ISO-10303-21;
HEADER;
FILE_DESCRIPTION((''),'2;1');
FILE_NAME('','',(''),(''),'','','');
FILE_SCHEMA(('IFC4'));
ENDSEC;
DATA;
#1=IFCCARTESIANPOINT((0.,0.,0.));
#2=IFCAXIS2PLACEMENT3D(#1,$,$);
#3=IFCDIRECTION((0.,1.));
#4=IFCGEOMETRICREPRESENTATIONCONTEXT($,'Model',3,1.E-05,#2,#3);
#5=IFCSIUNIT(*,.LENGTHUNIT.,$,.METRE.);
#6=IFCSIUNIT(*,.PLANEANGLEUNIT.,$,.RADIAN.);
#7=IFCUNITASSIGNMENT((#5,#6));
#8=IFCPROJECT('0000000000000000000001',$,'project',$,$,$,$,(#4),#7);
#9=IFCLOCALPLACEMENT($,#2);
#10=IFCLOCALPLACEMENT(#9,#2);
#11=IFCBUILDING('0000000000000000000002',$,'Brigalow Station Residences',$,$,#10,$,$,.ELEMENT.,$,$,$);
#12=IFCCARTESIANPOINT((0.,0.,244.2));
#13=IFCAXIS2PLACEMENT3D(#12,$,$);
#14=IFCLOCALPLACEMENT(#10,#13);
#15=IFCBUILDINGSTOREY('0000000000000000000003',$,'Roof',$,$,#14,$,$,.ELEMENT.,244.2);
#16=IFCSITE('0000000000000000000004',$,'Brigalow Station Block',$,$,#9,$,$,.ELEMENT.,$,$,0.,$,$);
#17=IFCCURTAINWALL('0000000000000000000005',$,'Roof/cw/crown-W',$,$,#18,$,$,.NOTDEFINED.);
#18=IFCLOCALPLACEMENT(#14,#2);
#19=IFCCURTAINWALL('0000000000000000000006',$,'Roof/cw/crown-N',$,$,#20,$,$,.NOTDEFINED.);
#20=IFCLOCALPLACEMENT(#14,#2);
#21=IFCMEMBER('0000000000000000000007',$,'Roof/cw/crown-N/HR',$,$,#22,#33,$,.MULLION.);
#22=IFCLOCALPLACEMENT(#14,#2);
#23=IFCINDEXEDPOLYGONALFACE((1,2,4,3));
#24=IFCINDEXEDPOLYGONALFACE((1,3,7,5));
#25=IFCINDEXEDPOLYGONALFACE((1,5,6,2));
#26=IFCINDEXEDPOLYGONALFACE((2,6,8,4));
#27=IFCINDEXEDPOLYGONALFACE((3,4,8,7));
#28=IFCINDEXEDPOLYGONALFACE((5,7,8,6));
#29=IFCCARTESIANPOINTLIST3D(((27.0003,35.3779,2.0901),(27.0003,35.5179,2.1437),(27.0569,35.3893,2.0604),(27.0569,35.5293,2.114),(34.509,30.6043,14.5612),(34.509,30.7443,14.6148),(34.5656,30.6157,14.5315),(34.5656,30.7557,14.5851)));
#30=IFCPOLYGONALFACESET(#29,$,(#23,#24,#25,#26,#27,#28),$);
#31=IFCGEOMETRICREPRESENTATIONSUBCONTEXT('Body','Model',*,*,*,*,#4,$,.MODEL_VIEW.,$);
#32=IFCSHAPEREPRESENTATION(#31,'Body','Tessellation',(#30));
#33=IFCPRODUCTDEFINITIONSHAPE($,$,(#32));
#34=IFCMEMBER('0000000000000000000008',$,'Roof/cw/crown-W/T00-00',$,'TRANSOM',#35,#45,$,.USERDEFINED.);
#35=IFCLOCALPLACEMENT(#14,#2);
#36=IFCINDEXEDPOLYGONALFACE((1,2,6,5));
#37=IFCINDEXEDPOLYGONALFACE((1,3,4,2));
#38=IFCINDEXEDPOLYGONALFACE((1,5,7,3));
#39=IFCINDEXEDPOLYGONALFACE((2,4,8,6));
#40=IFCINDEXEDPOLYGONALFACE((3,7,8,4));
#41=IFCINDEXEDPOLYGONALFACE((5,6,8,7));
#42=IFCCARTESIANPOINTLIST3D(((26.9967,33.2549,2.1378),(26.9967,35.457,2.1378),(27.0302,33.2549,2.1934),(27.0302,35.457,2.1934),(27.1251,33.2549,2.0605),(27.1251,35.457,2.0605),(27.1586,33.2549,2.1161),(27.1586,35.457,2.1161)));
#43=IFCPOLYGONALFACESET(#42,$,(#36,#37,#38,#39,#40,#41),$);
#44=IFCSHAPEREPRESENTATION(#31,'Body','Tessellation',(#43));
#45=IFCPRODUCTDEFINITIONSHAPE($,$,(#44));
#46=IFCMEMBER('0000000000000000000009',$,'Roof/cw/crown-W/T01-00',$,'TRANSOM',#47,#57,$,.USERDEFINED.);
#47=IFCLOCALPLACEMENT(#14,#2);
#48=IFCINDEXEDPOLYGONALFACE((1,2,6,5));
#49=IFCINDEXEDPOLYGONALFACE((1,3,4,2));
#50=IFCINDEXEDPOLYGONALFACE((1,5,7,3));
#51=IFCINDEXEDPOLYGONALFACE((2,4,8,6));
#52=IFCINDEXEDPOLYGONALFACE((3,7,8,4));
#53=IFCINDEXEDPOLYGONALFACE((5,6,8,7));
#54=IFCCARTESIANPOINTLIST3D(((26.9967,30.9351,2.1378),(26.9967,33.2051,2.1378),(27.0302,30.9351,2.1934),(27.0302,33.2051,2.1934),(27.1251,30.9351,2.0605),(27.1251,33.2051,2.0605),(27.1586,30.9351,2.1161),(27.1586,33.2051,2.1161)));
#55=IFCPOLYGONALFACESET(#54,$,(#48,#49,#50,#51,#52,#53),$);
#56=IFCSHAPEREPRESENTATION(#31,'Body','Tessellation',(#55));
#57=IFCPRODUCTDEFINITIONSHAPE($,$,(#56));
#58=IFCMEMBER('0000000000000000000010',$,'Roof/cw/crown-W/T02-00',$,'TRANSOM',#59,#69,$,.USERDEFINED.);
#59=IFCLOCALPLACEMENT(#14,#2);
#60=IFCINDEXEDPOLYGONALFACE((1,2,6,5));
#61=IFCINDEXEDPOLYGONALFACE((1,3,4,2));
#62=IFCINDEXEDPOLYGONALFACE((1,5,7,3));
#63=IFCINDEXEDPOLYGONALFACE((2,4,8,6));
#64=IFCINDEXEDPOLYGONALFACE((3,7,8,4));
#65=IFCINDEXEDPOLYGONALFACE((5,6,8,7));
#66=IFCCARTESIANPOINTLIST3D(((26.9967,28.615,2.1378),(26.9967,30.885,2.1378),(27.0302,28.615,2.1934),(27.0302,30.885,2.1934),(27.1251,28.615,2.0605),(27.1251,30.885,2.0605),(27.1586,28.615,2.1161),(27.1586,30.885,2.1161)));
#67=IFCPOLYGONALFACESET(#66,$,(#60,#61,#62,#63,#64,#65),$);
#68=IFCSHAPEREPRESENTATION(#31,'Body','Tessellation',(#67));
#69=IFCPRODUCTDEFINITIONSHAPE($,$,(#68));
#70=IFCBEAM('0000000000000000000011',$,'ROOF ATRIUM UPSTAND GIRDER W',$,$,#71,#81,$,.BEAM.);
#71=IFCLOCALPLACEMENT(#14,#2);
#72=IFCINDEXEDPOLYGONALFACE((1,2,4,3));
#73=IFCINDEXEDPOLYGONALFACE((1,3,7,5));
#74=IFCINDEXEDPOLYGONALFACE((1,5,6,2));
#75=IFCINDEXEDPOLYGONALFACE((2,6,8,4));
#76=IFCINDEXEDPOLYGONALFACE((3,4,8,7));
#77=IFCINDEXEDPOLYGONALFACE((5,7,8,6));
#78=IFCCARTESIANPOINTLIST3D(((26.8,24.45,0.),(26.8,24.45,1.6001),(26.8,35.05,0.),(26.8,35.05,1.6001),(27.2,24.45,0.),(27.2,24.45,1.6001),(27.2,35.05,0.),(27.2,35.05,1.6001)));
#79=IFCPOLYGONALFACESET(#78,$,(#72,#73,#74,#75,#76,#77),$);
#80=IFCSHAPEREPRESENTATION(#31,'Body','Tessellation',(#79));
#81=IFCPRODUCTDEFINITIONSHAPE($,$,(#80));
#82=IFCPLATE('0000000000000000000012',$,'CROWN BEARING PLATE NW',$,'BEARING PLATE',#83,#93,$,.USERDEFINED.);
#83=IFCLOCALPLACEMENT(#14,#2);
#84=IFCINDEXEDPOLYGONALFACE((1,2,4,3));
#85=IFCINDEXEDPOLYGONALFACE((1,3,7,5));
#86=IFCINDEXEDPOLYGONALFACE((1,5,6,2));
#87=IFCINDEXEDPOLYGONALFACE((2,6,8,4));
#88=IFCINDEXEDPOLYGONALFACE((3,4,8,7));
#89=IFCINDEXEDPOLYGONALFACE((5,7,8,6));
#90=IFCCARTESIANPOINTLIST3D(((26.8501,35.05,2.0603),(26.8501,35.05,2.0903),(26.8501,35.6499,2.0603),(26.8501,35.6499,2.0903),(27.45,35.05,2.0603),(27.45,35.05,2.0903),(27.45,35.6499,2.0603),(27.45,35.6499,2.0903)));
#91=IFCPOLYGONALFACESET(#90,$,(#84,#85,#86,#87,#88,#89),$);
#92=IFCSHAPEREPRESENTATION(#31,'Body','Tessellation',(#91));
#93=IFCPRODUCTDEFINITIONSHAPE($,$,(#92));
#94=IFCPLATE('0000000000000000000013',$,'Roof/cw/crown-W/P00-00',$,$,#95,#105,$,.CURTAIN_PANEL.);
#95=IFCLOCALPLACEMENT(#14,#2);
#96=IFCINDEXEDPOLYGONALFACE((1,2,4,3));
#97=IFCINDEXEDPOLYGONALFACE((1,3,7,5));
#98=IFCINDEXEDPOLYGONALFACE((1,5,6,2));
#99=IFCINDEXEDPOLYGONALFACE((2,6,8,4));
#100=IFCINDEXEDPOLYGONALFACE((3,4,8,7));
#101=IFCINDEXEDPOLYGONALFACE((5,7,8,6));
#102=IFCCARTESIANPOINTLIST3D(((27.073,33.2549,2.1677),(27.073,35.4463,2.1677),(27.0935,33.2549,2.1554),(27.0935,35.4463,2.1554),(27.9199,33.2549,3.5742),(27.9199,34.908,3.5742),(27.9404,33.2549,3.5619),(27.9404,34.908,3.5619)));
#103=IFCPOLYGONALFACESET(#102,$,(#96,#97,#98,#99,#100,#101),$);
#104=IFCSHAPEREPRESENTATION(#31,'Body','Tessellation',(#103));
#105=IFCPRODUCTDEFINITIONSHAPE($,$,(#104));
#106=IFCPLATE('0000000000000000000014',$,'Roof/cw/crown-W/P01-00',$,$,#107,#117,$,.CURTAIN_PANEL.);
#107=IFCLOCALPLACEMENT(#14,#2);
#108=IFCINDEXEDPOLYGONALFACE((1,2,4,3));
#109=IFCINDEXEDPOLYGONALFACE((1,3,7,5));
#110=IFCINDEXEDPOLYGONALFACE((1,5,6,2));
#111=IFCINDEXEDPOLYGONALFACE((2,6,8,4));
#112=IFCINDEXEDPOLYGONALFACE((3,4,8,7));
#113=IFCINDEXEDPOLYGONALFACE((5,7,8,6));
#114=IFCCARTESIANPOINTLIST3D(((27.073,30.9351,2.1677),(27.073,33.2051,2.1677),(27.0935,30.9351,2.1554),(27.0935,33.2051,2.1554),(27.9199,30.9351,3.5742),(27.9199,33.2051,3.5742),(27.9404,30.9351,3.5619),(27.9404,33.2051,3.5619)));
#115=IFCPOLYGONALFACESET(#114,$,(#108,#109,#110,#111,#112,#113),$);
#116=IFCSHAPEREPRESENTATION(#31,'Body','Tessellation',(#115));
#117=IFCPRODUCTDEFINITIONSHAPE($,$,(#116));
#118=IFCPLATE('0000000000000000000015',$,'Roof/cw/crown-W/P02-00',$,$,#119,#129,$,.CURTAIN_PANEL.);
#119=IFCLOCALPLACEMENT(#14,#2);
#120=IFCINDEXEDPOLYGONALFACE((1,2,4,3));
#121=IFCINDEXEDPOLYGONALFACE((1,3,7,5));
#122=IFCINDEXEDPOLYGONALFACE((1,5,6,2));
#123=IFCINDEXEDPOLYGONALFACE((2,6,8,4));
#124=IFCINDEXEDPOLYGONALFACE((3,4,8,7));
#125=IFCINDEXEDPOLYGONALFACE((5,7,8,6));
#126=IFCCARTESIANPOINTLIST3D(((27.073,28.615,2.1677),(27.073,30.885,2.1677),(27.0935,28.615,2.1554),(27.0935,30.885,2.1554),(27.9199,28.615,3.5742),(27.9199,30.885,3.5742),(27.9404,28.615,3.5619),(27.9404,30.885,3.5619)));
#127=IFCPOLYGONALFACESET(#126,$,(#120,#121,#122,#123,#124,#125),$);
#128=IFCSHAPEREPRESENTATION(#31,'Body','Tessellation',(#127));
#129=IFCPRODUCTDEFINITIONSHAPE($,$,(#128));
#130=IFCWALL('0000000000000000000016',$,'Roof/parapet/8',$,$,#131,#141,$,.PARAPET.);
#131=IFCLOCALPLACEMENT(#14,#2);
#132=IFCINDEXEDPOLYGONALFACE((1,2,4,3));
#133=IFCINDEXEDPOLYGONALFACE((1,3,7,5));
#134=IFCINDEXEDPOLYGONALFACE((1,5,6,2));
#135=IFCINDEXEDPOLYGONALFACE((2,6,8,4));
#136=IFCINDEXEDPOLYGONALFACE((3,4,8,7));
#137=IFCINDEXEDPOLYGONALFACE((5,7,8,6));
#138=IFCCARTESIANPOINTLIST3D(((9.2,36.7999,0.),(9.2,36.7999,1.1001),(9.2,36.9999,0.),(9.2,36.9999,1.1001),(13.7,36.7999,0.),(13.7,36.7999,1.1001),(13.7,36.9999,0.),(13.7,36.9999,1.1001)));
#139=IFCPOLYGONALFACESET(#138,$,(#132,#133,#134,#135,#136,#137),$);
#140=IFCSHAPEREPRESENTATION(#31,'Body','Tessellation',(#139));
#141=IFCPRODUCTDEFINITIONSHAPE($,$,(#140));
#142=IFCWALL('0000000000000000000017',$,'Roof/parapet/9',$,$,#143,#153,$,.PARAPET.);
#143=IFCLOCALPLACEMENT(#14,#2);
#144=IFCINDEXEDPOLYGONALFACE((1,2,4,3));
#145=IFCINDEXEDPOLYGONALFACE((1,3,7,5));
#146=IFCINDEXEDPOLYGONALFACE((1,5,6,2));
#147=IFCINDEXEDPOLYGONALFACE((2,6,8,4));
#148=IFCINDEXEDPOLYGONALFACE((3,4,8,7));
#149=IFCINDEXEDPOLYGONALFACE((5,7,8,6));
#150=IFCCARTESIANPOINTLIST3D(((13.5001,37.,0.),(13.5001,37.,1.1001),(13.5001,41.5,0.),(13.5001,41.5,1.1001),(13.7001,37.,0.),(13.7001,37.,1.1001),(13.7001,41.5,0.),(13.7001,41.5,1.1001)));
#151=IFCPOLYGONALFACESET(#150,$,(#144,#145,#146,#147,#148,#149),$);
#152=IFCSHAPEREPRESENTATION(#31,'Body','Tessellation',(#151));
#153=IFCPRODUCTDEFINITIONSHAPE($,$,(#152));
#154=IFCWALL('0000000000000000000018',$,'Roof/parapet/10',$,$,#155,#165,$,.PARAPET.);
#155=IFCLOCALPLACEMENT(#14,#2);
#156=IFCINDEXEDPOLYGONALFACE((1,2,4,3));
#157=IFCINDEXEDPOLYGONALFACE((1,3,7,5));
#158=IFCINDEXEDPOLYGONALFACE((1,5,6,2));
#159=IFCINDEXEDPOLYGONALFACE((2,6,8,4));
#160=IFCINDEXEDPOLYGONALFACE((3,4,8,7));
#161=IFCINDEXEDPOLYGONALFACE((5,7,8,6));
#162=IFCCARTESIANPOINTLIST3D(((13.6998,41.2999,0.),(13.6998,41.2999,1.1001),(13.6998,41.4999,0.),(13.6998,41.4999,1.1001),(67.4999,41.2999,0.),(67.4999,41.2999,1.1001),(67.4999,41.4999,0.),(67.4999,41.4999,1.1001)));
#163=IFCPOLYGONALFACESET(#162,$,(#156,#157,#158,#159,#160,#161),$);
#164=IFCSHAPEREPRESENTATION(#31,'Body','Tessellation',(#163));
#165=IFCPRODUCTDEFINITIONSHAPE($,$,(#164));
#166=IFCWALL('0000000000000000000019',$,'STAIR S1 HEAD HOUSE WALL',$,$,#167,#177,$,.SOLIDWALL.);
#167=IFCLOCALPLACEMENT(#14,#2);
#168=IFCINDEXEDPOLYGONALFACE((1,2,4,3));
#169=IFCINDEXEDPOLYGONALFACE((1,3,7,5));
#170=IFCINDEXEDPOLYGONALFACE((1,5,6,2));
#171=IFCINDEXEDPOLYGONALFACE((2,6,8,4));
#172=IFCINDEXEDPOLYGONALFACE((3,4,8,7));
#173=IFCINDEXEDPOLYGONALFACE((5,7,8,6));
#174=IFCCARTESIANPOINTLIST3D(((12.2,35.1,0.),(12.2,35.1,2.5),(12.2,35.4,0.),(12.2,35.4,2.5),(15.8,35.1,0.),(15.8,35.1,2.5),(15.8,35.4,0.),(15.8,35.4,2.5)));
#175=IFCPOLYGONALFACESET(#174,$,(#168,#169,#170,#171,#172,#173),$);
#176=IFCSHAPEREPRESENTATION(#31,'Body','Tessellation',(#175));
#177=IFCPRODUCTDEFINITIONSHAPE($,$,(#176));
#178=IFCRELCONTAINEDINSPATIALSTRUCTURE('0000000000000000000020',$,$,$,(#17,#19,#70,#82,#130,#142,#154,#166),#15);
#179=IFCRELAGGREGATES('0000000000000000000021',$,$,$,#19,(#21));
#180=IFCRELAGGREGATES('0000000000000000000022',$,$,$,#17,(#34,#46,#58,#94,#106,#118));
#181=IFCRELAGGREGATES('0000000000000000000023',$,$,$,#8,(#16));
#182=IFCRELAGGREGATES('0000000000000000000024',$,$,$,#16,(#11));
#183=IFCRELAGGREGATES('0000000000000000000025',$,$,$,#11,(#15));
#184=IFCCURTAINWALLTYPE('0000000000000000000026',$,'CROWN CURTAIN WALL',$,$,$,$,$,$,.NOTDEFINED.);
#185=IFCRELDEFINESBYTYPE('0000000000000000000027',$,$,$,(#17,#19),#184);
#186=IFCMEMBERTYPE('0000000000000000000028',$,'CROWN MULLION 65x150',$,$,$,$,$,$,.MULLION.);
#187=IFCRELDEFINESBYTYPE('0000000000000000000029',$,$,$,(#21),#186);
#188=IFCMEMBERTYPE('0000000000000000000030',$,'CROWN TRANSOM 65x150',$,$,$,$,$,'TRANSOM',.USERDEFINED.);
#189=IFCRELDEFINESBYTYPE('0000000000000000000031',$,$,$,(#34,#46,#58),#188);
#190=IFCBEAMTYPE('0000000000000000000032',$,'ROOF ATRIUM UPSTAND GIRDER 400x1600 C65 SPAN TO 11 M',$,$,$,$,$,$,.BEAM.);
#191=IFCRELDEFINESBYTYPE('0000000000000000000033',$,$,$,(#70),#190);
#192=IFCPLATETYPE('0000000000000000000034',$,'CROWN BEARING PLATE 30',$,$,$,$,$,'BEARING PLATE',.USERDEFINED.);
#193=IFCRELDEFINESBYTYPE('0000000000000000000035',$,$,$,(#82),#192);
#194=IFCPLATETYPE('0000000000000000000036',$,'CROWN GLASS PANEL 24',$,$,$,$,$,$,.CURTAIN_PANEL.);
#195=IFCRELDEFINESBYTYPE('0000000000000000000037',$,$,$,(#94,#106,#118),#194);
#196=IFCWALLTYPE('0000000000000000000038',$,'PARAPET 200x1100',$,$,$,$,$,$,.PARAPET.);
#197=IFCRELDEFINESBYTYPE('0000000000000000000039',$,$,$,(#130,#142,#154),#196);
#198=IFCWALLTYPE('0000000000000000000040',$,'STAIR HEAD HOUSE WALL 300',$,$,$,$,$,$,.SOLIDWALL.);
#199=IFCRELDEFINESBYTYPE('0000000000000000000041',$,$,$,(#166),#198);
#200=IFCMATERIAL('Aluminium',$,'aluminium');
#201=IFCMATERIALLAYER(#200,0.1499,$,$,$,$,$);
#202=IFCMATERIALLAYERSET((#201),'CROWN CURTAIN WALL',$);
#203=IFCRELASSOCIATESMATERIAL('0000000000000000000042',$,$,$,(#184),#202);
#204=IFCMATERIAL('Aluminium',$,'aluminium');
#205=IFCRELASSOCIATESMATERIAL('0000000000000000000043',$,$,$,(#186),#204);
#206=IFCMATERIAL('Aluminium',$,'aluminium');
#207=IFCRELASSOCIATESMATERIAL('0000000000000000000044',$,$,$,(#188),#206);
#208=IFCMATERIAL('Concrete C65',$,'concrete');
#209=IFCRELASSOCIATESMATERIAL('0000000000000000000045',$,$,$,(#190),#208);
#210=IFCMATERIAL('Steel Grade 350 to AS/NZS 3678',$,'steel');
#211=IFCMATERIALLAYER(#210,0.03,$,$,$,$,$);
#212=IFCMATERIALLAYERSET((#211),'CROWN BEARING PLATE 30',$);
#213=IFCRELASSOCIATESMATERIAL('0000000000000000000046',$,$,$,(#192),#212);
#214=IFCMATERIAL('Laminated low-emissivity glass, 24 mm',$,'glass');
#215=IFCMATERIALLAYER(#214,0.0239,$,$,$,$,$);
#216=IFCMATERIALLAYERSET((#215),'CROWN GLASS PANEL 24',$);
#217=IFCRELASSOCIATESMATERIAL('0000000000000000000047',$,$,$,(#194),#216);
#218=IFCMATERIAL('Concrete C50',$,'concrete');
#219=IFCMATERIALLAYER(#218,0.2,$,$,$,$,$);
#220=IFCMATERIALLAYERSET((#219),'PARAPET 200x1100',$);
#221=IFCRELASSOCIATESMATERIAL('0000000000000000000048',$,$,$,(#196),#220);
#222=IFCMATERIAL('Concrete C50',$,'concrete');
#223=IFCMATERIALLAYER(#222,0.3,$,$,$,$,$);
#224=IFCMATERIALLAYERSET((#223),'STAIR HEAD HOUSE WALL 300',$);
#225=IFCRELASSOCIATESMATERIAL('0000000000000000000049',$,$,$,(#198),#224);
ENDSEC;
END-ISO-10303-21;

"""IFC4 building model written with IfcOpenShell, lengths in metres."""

from ifc_helpers import new_model, si_unit, direction, frame, frame_2d, origin, origin_2d, place, context, subcontext, project, spatial, polyline, rectangle, outline, extrude, material, layer, layer_set, material_profile, profile_set, type_object, element, aggregate, save


model = new_model("IFC4")

# Units and contexts
model_context = context("Model", 3, precision=1e-05, world=origin(), true_north=direction((0.0, 1.0)))
body_context = subcontext(model_context, "Body", "Model", "MODEL_VIEW")
ifc_project = project(units=[si_unit("LENGTHUNIT", "METRE"), si_unit("PLANEANGLEUNIT", "RADIAN")], contexts=[model_context])

# Site, building, storey
site_placement = place(None, origin())
site = spatial("IfcSite", under=ifc_project, at=site_placement, Name="Brigalow Station Block", CompositionType="ELEMENT", RefElevation=0.0)
building_placement = place(site_placement, origin())
building = spatial("IfcBuilding", under=site, at=building_placement, Name="Brigalow Station Residences", CompositionType="ELEMENT")
storey_placement = place(building_placement, frame((0.0, 0.0, 244.2)))
storey = spatial("IfcBuildingStorey", under=building, at=storey_placement, Name="Roof", CompositionType="ELEMENT", Elevation=244.2)

# Curtain wall
ifc_material_1 = material(Name="Aluminium", Category="aluminium")
ifc_layer_1 = layer(ifc_material_1, 0.1499)
ifc_layer_set_1 = layer_set([ifc_layer_1], Name="CROWN CURTAIN WALL")
curtain_wall_type = type_object("IfcCurtainWallType", Name="CROWN CURTAIN WALL", PredefinedType="NOTDEFINED", material=ifc_layer_set_1)
curtain_wall_1_placement = place(storey_placement, origin())
curtain_wall_1 = element("IfcCurtainWall", 1, at=curtain_wall_1_placement, inside=storey, type_object=curtain_wall_type, Name="Roof/cw/crown-W", PredefinedType="NOTDEFINED")

# Curtain wall, member
curtain_wall_2_placement = place(storey_placement, origin())
curtain_wall_2 = element("IfcCurtainWall", 2, at=curtain_wall_2_placement, inside=storey, type_object=curtain_wall_type, Name="Roof/cw/crown-N", PredefinedType="NOTDEFINED")
ifc_material_2 = material(Name="Aluminium", Category="aluminium")
ifc_material_profile_1 = material_profile(ifc_material_2, rectangle(XDim=0.0649, YDim=0.1499, at=origin_2d()), Name="CROWN MULLION 65x150")
ifc_profile_set_1 = profile_set([ifc_material_profile_1], Name="Aluminium")
member_type_1 = type_object("IfcMemberType", Name="CROWN MULLION 65x150", PredefinedType="MULLION", material=ifc_profile_set_1)
member_1_placement = place(storey_placement, frame((27.0286, 35.4536, 2.1021), z_axis=(0.490132, -0.311599, 0.81405), x_axis=(0.871648, 0.175226, -0.457739)))
member_1 = element("IfcMember", 3, at=member_1_placement, type_object=member_type_1, Name="Roof/cw/crown-N/HR", PredefinedType="MULLION", context=body_context, shape_type="SweptSolid", body=[
    extrude(rectangle(XDim=0.0649, YDim=0.1499, at=origin_2d()), origin(), (0.0, 0.0, 1.0), 15.3198),
])
aggregate(curtain_wall_2, [member_1])

# Members
ifc_material_3 = material(Name="Aluminium", Category="aluminium")
ifc_material_profile_2 = material_profile(ifc_material_3, rectangle(XDim=0.0649, YDim=0.1499, at=origin_2d()), Name="CROWN TRANSOM 65x150")
ifc_profile_set_2 = profile_set([ifc_material_profile_2], Name="Aluminium")
member_type_2 = type_object("IfcMemberType", Name="CROWN TRANSOM 65x150", ElementType="TRANSOM", PredefinedType="USERDEFINED", material=ifc_profile_set_2)
member_2_placement = place(storey_placement, frame((27.0776, 35.457, 2.127), z_axis=(0.0, -1.0, 0.0), x_axis=(0.515813, 0.0, 0.856701)))
member_2 = element("IfcMember", 4, at=member_2_placement, type_object=member_type_2, Name="Roof/cw/crown-W/T00-00", ObjectType="TRANSOM", PredefinedType="USERDEFINED", context=body_context, shape_type="SweptSolid", body=[
    extrude(rectangle(XDim=0.0649, YDim=0.1499, at=origin_2d()), origin(), (0.0, 0.0, 1.0), 2.2021),
])
member_3_placement = place(storey_placement, frame((27.0776, 33.2051, 2.127), z_axis=(0.0, -1.0, 0.0), x_axis=(0.515813, 0.0, 0.856701)))
member_3 = element("IfcMember", 5, at=member_3_placement, type_object=member_type_2, Name="Roof/cw/crown-W/T01-00", ObjectType="TRANSOM", PredefinedType="USERDEFINED", context=body_context, shape_type="SweptSolid", body=[
    extrude(rectangle(XDim=0.0649, YDim=0.1499, at=origin_2d()), origin(), (0.0, 0.0, 1.0), 2.27),
])
member_4_placement = place(storey_placement, frame((27.0776, 30.885, 2.127), z_axis=(0.0, -1.0, 0.0), x_axis=(0.515813, 0.0, 0.856701)))
member_4 = element("IfcMember", 6, at=member_4_placement, type_object=member_type_2, Name="Roof/cw/crown-W/T02-00", ObjectType="TRANSOM", PredefinedType="USERDEFINED", context=body_context, shape_type="SweptSolid", body=[
    extrude(rectangle(XDim=0.0649, YDim=0.1499, at=origin_2d()), origin(), (0.0, 0.0, 1.0), 2.27),
])

# Beam
ifc_material_4 = material(Name="Concrete C65", Category="concrete")
ifc_material_profile_3 = material_profile(ifc_material_4, rectangle(XDim=0.3999, YDim=1.6001, at=origin_2d()), Name="RC400x1600")
ifc_profile_set_3 = profile_set([ifc_material_profile_3], Name="Concrete C65")
beam_type_1 = type_object("IfcBeamType", Name="ROOF ATRIUM UPSTAND GIRDER 400x1600 C65 SPAN TO 11 M", PredefinedType="BEAM", material=ifc_profile_set_3)
beam_1_placement = place(storey_placement, frame((27.0, 35.05, 0.8), z_axis=(0.0, -1.0, 0.0), x_axis=(1.0, 0.0, 0.0)))
element("IfcBeam", 7, at=beam_1_placement, inside=storey, type_object=beam_type_1, Name="ROOF ATRIUM UPSTAND GIRDER W", PredefinedType="BEAM", context=body_context, shape_type="SweptSolid", body=[
    extrude(rectangle(XDim=0.3999, YDim=1.6001, at=origin_2d()), origin(), (0.0, 0.0, 1.0), 10.6001),
])

# Plates
ifc_material_5 = material(Name="Steel Grade 350 to AS/NZS 3678", Category="steel")
ifc_layer_2 = layer(ifc_material_5, 0.03)
ifc_layer_set_2 = layer_set([ifc_layer_2], Name="CROWN BEARING PLATE 30")
plate_type_1 = type_object("IfcPlateType", Name="CROWN BEARING PLATE 30", ElementType="BEARING PLATE", PredefinedType="USERDEFINED", material=ifc_layer_set_2)
plate_1_placement = place(storey_placement, frame((26.8501, 35.05, 2.0903), z_axis=(0.0, 0.0, 1.0), x_axis=(1.0, 0.0, 0.0)))
element("IfcPlate", 8, at=plate_1_placement, inside=storey, type_object=plate_type_1, Name="CROWN BEARING PLATE NW", ObjectType="BEARING PLATE", PredefinedType="USERDEFINED", context=body_context, shape_type="SweptSolid", body=[
    extrude(outline(polyline([(0.0, 0.0), (0.5999, 0.0), (0.5999, 0.5999), (0.0, 0.5999), (0.0, 0.0)])), origin(), (0.0, 0.0, -1.0), 0.03),
])
ifc_material_6 = material(Name="Laminated low-emissivity glass, 24 mm", Category="glass")
ifc_layer_3 = layer(ifc_material_6, 0.0239)
ifc_layer_set_3 = layer_set([ifc_layer_3], Name="CROWN GLASS PANEL 24")
plate_type_2 = type_object("IfcPlateType", Name="CROWN GLASS PANEL 24", PredefinedType="CURTAIN_PANEL", material=ifc_layer_set_3)
plate_2_placement = place(storey_placement, frame((27.073, 35.4463, 2.1677), z_axis=(-0.856678, 0.0, 0.515851), x_axis=(0.0, -1.0, 0.0)))
plate_2 = element("IfcPlate", 9, at=plate_2_placement, type_object=plate_type_2, Name="Roof/cw/crown-W/P00-00", PredefinedType="CURTAIN_PANEL", context=body_context, shape_type="SweptSolid", body=[
    extrude(outline(polyline([(0.0, 0.0), (2.1914, 0.0), (2.1914, 1.6418), (0.5383, 1.6418), (0.0, 0.0)])), origin(), (0.0, 0.0, -1.0), 0.0239),
])
plate_3_placement = place(storey_placement, frame((27.073, 33.2051, 2.1677), z_axis=(-0.856678, 0.0, 0.515851), x_axis=(0.0, -1.0, 0.0)))
plate_3 = element("IfcPlate", 10, at=plate_3_placement, type_object=plate_type_2, Name="Roof/cw/crown-W/P01-00", PredefinedType="CURTAIN_PANEL", context=body_context, shape_type="SweptSolid", body=[
    extrude(outline(polyline([(0.0, 0.0), (2.27, 0.0), (2.27, 1.6418), (0.0, 1.6418), (0.0, 0.0)])), origin(), (0.0, 0.0, -1.0), 0.0239),
])
plate_4_placement = place(storey_placement, frame((27.073, 30.885, 2.1677), z_axis=(-0.856678, 0.0, 0.515851), x_axis=(0.0, -1.0, 0.0)))
plate_4 = element("IfcPlate", 11, at=plate_4_placement, type_object=plate_type_2, Name="Roof/cw/crown-W/P02-00", PredefinedType="CURTAIN_PANEL", context=body_context, shape_type="SweptSolid", body=[
    extrude(outline(polyline([(0.0, 0.0), (2.27, 0.0), (2.27, 1.6418), (0.0, 1.6418), (0.0, 0.0)])), origin(), (0.0, 0.0, -1.0), 0.0239),
])
aggregate(curtain_wall_1, [member_2, member_3, member_4, plate_2, plate_3, plate_4])

# Walls
ifc_material_7 = material(Name="Concrete C50", Category="concrete")
ifc_layer_4 = layer(ifc_material_7, 0.2)
ifc_layer_set_4 = layer_set([ifc_layer_4], Name="PARAPET 200x1100")
wall_type_1 = type_object("IfcWallType", Name="PARAPET 200x1100", PredefinedType="PARAPET", material=ifc_layer_set_4)
for number, where, z_axis, x_axis, name in (
    (12, (9.2, 36.8999, 0.0), (0.0, 0.0, 1.0), (1.0, 0.0, 0.0), "Roof/parapet/8"),
    (13, (13.6001, 37.0, 0.0), (0.0, 0.0, 1.0), (0.0, 1.0, 0.0), "Roof/parapet/9"),
):
    element("IfcWall", number, at=place(storey_placement, frame(where, z_axis=z_axis, x_axis=x_axis)), inside=storey, type_object=wall_type_1, Name=name, PredefinedType="PARAPET", context=body_context, shape_type="SweptSolid", body=[
        extrude(rectangle(XDim=4.5, YDim=0.2, at=frame_2d((2.25, 0.0))), origin(), (0.0, 0.0, 1.0), 1.1001),
    ])
wall_1_placement = place(storey_placement, frame((13.7, 41.3999, 0.0), z_axis=(0.0, 0.0, 1.0), x_axis=(1.0, 0.0, 0.0)))
element("IfcWall", 14, at=wall_1_placement, inside=storey, type_object=wall_type_1, Name="Roof/parapet/10", PredefinedType="PARAPET", context=body_context, shape_type="SweptSolid", body=[
    extrude(rectangle(XDim=53.8, YDim=0.2, at=frame_2d((26.8999, 0.0))), origin(), (0.0, 0.0, 1.0), 1.1001),
])
ifc_material_8 = material(Name="Concrete C50", Category="concrete")
ifc_layer_5 = layer(ifc_material_8, 0.3)
ifc_layer_set_5 = layer_set([ifc_layer_5], Name="STAIR HEAD HOUSE WALL 300")
wall_type_2 = type_object("IfcWallType", Name="STAIR HEAD HOUSE WALL 300", PredefinedType="SOLIDWALL", material=ifc_layer_set_5)
wall_2_placement = place(storey_placement, frame((12.2, 35.25, 0.0), z_axis=(0.0, 0.0, 1.0), x_axis=(1.0, 0.0, 0.0)))
element("IfcWall", 15, at=wall_2_placement, inside=storey, type_object=wall_type_2, Name="STAIR S1 HEAD HOUSE WALL", PredefinedType="SOLIDWALL", context=body_context, shape_type="SweptSolid", body=[
    extrude(rectangle(XDim=3.6001, YDim=0.3, at=frame_2d((1.8, 0.0))), origin(), (0.0, 0.0, 1.0), 2.5),
])

save(model, "model.ifc")
